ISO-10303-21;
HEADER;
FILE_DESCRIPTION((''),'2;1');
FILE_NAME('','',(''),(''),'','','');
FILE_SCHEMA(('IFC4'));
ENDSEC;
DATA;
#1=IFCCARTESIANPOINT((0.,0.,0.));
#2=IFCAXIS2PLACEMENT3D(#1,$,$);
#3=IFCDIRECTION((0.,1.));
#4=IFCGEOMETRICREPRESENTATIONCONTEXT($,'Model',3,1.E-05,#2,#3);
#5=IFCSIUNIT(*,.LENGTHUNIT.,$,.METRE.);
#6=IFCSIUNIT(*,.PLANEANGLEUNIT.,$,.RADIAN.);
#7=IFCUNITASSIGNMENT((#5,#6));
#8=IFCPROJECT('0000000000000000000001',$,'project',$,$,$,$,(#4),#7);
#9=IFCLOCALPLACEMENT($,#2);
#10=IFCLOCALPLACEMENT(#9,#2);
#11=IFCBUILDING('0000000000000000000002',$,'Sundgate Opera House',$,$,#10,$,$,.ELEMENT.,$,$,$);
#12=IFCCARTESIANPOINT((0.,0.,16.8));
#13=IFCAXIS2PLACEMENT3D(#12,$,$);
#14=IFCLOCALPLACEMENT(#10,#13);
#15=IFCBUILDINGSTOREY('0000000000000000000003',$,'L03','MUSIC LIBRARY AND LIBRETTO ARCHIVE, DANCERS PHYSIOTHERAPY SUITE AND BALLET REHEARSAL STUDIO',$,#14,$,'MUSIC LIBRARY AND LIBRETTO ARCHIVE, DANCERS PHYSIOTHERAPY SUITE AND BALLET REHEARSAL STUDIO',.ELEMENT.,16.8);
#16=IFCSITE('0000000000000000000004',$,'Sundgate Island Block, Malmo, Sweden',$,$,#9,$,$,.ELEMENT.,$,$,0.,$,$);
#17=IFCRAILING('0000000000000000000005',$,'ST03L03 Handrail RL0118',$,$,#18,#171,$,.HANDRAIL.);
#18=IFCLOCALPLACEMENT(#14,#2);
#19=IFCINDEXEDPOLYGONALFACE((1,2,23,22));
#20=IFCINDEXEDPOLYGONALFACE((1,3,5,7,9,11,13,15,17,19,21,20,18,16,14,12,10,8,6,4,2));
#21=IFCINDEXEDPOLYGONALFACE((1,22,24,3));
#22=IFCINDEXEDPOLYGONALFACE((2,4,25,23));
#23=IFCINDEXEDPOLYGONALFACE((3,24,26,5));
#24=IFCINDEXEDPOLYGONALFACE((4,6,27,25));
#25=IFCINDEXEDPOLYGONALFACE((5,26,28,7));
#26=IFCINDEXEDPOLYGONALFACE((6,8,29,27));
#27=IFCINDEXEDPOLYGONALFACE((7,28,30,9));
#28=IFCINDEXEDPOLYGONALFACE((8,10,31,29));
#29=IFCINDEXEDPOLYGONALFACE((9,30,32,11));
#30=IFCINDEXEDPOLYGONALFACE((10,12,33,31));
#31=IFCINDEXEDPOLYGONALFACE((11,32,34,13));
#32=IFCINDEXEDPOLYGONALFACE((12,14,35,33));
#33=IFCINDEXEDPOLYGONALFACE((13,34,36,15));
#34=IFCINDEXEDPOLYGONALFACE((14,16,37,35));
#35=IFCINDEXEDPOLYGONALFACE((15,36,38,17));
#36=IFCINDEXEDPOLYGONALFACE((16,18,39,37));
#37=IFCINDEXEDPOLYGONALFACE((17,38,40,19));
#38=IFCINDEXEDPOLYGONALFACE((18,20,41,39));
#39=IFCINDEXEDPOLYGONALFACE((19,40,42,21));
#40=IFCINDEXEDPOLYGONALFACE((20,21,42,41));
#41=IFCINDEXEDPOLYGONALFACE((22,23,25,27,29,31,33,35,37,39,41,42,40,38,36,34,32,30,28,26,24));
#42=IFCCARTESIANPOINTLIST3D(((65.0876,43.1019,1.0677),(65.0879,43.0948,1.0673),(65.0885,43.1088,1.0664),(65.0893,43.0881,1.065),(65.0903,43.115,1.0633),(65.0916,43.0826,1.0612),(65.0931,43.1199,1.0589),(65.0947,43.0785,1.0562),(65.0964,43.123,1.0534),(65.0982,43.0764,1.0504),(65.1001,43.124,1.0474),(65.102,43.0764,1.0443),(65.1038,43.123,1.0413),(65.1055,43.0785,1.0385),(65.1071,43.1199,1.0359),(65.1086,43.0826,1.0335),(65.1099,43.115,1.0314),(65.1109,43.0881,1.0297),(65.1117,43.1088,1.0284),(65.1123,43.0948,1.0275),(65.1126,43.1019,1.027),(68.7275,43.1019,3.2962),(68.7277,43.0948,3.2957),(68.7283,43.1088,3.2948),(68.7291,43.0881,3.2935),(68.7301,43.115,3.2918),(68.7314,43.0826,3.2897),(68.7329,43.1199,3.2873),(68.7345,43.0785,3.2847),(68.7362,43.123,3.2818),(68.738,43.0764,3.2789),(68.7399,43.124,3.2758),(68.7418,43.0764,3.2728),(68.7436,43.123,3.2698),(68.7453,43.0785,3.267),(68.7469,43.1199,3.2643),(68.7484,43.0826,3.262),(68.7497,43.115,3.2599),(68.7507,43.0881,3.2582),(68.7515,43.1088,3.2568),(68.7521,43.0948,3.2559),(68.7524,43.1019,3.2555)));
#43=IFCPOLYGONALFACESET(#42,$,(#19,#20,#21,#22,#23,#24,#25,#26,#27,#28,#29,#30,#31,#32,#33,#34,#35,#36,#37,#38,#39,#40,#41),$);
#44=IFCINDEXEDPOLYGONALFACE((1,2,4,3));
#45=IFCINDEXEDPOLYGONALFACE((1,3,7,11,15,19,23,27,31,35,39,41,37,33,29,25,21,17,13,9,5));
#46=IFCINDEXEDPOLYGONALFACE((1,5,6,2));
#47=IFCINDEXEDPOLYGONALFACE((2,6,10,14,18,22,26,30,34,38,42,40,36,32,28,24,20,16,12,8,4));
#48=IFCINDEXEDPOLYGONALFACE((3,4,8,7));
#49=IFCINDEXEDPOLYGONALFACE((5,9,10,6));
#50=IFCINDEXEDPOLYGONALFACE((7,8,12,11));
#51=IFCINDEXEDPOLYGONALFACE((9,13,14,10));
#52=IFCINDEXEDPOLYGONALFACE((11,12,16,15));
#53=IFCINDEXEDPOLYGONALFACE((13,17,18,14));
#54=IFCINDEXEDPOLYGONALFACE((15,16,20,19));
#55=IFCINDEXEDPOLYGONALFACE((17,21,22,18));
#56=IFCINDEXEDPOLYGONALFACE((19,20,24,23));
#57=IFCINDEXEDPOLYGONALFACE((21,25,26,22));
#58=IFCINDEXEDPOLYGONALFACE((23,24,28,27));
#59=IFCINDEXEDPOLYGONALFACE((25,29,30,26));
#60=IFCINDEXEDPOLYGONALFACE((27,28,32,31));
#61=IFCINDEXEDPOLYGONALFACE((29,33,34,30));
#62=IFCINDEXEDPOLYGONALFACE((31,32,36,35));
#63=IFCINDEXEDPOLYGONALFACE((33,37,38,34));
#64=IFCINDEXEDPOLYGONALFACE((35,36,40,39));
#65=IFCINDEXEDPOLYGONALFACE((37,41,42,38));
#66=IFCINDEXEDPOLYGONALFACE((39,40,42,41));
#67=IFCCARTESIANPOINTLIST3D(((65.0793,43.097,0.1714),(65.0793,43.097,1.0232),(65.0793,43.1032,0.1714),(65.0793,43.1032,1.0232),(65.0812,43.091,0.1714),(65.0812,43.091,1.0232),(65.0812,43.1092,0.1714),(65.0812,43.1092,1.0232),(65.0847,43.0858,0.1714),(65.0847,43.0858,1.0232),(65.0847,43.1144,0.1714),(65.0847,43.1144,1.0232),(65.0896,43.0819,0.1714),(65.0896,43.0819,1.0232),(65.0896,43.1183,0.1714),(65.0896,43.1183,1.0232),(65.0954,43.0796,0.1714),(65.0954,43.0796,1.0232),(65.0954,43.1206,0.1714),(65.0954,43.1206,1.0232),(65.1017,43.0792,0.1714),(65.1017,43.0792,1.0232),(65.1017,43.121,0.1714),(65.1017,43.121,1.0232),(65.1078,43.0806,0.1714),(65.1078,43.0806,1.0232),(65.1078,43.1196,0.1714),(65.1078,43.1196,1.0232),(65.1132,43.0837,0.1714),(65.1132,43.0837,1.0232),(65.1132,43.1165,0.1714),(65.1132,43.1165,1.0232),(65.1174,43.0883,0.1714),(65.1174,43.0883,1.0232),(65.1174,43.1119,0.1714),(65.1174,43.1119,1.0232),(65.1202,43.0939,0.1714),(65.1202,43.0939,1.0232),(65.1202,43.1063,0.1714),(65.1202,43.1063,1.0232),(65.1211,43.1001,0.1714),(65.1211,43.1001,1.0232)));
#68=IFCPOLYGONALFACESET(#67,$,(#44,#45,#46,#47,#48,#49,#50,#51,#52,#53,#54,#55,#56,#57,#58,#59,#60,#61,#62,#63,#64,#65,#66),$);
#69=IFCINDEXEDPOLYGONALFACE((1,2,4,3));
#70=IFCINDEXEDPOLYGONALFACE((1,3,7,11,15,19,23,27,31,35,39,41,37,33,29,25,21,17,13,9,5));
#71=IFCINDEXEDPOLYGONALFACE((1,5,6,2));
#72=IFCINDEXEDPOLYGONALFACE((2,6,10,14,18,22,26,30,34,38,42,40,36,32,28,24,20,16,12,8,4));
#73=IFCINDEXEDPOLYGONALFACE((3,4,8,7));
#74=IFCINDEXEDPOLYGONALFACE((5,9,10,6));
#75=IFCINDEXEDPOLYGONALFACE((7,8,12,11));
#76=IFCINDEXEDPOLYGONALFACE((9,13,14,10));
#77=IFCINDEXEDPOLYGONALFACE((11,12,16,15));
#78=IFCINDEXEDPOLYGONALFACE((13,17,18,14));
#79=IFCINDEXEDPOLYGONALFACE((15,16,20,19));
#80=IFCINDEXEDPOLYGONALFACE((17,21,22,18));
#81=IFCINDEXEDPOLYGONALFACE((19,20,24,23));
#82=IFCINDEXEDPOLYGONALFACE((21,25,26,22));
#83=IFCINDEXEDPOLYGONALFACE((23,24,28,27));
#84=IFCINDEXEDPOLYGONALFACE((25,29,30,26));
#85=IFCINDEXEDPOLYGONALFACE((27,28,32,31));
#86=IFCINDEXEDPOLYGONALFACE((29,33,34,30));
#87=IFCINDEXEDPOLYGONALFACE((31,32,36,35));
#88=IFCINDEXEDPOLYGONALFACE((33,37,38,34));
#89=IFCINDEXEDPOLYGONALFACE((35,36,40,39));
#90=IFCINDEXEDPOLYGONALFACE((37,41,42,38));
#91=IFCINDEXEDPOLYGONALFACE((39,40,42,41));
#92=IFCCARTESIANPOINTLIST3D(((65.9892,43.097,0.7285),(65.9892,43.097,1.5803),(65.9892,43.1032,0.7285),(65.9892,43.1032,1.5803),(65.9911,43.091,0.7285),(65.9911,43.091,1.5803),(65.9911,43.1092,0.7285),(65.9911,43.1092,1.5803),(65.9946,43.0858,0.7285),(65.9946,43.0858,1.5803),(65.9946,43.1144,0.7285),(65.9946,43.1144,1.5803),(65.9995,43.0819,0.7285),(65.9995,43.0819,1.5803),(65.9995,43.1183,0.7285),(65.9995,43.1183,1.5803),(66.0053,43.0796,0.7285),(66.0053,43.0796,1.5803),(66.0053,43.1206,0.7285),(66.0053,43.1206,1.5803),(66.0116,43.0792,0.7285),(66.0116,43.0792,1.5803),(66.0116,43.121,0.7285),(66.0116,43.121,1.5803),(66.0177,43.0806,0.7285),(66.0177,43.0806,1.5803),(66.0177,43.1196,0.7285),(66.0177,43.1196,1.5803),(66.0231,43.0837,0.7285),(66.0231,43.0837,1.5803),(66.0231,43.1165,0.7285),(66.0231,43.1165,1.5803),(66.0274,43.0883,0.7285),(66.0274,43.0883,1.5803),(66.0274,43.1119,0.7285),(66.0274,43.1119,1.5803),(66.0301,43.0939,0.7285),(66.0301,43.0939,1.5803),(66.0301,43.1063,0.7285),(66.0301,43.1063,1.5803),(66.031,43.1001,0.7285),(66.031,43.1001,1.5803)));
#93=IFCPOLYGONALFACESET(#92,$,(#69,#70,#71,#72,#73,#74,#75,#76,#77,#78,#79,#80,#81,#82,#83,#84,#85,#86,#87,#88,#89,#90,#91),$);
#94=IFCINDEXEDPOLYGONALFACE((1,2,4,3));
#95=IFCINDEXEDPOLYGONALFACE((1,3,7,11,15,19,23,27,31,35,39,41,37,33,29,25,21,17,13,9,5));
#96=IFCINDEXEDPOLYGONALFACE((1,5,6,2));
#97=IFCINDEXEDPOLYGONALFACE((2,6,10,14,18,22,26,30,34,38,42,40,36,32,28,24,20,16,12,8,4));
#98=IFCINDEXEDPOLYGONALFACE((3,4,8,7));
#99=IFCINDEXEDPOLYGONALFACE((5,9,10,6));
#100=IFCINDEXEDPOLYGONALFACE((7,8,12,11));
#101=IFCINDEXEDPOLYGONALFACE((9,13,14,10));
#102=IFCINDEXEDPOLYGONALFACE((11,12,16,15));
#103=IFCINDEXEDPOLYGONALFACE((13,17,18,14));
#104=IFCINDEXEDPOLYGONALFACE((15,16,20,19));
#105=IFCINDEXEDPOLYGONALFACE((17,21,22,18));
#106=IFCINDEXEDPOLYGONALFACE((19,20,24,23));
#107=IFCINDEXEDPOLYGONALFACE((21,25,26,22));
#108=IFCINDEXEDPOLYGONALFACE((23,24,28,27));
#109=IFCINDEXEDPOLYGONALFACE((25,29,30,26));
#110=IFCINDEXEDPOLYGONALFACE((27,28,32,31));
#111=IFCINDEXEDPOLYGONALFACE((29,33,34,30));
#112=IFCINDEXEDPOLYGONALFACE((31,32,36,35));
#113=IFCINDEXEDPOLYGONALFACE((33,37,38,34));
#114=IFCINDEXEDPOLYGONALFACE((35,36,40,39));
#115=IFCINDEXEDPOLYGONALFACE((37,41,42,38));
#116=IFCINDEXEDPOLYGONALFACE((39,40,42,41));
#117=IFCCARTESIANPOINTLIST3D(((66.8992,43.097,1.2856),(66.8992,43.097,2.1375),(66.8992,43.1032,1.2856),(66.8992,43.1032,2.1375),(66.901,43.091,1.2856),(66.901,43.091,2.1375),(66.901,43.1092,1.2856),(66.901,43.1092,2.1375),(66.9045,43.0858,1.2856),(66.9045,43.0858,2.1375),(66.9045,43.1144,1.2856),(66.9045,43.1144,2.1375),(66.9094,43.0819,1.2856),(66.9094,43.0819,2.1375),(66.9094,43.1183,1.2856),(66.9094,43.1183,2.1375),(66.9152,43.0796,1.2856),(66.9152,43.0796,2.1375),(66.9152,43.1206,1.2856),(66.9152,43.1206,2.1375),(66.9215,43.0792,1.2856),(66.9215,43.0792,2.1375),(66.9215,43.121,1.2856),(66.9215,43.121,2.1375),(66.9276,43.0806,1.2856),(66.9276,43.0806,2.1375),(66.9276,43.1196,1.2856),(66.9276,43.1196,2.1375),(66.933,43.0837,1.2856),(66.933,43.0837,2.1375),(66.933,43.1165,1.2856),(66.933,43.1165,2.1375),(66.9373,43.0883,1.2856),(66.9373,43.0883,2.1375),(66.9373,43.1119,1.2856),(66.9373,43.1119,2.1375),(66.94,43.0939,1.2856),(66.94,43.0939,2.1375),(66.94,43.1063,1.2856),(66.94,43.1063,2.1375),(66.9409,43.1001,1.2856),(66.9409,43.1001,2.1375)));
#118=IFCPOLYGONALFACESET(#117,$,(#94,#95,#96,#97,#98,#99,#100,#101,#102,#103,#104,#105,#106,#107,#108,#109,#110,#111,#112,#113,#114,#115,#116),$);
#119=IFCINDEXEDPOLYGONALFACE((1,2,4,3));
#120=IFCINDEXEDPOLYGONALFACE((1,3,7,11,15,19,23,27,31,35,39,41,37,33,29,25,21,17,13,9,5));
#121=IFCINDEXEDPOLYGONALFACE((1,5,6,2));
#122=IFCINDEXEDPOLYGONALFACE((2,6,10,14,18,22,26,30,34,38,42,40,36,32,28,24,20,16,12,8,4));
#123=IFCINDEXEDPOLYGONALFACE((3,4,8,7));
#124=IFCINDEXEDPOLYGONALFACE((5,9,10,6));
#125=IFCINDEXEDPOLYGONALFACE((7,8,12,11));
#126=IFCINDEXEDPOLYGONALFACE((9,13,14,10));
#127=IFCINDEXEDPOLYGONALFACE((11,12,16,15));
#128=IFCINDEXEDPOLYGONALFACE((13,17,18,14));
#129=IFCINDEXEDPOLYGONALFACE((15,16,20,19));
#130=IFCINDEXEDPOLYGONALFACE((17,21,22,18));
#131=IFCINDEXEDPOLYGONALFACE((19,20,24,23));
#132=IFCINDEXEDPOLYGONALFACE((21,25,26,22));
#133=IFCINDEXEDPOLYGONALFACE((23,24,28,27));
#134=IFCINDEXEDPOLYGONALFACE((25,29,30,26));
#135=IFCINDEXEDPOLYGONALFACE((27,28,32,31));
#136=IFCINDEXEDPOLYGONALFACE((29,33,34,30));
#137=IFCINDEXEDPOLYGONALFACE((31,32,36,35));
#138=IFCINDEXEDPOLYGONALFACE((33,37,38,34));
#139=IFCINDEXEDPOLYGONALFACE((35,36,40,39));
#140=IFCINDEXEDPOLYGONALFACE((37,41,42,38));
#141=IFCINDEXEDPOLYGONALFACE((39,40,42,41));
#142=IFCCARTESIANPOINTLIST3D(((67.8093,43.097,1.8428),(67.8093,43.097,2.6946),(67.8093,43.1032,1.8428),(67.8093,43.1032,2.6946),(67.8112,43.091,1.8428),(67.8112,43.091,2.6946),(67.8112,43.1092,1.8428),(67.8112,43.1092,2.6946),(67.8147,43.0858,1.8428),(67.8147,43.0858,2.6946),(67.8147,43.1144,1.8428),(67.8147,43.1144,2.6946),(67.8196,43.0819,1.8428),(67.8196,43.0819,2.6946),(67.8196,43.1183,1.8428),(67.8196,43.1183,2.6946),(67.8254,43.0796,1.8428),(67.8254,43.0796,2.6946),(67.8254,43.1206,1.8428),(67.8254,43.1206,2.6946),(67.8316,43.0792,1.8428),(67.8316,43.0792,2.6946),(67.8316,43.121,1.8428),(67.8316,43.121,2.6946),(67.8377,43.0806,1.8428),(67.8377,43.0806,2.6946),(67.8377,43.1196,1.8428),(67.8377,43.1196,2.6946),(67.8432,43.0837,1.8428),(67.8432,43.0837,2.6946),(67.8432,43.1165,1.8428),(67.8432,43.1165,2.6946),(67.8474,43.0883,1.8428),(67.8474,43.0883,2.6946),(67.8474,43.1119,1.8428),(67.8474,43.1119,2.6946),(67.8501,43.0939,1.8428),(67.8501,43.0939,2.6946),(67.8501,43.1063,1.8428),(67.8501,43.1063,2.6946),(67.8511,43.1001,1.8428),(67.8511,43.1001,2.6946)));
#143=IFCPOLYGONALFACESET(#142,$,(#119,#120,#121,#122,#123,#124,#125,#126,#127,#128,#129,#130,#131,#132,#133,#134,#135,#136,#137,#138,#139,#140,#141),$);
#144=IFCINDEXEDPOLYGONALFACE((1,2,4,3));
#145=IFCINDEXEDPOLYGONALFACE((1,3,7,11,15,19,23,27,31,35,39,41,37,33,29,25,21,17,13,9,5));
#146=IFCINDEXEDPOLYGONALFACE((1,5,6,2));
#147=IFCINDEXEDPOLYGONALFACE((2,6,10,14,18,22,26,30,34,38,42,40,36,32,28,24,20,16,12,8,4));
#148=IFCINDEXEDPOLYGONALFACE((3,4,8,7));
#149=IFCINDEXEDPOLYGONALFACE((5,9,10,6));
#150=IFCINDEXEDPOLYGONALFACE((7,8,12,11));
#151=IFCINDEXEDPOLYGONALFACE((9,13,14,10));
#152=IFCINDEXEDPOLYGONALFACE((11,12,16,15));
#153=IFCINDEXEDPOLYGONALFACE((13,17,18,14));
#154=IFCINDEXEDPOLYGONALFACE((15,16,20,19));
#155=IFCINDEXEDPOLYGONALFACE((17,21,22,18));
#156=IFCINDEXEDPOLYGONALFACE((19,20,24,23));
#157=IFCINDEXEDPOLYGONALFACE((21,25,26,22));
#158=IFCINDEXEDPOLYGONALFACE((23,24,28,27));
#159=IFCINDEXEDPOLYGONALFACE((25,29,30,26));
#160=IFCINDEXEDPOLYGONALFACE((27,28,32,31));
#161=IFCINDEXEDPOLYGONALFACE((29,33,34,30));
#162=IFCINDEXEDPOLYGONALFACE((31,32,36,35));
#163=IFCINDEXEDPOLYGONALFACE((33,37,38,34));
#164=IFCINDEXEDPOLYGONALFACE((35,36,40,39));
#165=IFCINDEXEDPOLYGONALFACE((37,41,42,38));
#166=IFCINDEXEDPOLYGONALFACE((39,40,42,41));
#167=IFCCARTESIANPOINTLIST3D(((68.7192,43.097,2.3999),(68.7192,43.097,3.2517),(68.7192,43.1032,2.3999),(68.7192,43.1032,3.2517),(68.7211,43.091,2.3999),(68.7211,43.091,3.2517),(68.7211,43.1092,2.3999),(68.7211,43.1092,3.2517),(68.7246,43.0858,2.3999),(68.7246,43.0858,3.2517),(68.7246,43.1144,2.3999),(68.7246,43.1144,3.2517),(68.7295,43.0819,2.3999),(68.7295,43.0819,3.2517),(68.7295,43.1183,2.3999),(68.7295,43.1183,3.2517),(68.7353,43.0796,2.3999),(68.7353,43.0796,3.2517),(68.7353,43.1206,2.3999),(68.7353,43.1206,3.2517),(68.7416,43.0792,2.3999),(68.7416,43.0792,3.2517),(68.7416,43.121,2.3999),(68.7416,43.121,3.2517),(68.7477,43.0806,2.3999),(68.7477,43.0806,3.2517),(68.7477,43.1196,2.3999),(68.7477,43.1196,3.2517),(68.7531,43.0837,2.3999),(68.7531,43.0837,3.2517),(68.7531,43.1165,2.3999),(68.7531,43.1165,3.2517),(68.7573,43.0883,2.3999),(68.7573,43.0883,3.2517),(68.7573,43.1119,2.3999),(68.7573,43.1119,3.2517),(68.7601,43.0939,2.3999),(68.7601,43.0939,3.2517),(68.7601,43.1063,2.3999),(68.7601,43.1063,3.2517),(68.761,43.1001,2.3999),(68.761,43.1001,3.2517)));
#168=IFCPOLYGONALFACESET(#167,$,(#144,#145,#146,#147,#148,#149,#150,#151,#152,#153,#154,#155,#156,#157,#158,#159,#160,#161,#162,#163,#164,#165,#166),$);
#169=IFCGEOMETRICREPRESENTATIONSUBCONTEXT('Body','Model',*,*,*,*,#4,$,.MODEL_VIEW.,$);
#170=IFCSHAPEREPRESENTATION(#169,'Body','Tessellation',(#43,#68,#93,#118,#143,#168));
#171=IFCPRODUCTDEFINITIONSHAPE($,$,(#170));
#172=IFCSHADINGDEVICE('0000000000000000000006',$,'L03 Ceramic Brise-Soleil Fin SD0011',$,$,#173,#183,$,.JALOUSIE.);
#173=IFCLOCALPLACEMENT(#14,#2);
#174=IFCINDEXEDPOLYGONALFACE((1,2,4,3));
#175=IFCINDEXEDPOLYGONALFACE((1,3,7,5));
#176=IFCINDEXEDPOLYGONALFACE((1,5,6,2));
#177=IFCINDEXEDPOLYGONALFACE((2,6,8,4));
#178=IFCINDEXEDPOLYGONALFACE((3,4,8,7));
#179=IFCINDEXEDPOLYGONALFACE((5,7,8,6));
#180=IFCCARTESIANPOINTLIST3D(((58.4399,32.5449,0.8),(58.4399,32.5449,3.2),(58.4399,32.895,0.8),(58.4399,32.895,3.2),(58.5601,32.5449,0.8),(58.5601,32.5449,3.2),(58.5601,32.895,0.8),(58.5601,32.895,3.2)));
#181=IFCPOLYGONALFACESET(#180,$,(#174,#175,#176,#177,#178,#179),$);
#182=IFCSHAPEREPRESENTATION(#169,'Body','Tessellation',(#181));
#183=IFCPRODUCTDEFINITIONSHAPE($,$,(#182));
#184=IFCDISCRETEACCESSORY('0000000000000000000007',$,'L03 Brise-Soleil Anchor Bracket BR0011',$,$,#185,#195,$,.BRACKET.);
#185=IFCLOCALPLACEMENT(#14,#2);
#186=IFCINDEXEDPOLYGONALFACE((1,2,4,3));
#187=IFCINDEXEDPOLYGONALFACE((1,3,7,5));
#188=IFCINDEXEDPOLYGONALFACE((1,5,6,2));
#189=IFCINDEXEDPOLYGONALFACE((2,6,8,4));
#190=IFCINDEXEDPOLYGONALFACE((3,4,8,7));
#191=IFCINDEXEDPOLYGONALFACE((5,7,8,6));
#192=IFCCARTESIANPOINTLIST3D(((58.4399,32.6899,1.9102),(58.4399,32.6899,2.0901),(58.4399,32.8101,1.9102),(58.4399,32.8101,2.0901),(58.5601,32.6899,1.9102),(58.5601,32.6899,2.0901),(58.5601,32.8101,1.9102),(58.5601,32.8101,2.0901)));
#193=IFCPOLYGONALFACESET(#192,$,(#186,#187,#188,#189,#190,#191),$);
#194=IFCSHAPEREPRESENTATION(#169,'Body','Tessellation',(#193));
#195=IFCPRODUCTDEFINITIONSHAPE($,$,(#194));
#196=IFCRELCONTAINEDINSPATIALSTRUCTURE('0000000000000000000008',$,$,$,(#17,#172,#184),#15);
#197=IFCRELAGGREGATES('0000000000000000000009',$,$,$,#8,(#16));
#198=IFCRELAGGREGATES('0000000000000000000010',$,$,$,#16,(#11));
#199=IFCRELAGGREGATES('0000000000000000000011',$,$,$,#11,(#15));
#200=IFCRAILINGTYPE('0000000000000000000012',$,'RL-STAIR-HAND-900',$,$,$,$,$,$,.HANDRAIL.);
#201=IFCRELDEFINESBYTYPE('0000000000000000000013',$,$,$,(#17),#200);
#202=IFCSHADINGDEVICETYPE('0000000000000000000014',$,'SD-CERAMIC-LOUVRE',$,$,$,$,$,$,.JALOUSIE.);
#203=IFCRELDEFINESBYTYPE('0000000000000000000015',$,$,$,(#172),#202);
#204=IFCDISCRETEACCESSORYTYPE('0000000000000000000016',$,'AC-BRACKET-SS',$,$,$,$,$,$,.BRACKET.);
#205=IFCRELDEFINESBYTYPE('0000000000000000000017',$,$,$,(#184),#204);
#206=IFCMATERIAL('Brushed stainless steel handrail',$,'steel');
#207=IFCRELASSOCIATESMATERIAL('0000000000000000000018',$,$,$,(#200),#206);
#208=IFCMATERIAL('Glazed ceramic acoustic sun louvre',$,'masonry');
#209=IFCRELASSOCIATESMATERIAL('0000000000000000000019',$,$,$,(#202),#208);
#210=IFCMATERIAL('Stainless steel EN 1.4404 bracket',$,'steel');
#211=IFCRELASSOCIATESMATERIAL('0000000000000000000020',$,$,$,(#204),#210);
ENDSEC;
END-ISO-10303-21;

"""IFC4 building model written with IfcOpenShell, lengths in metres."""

from ifc_helpers import new_model, si_unit, direction, frame, origin, origin_2d, place, context, subcontext, project, spatial, rectangle, circle, extrude, material, type_object, element, save


model = new_model("IFC4")

# Units and contexts
model_context = context("Model", 3, precision=1e-05, world=origin(), true_north=direction((0.0, 1.0)))
body_context = subcontext(model_context, "Body", "Model", "MODEL_VIEW")
ifc_project = project(units=[si_unit("LENGTHUNIT", "METRE"), si_unit("PLANEANGLEUNIT", "RADIAN")], contexts=[model_context])

# Site, building, storey
site_placement = place(None, origin())
site = spatial("IfcSite", under=ifc_project, at=site_placement, Name="Sundgate Island Block, Malmo, Sweden", CompositionType="ELEMENT", RefElevation=0.0)
building_placement = place(site_placement, origin())
building = spatial("IfcBuilding", under=site, at=building_placement, Name="Sundgate Opera House", CompositionType="ELEMENT")
storey_placement = place(building_placement, frame((0.0, 0.0, 16.8)))
storey = spatial("IfcBuildingStorey", under=building, at=storey_placement, Name="L03", Description="MUSIC LIBRARY AND LIBRETTO ARCHIVE, DANCERS PHYSIOTHERAPY SUITE AND BALLET REHEARSAL STUDIO", LongName="MUSIC LIBRARY AND LIBRETTO ARCHIVE, DANCERS PHYSIOTHERAPY SUITE AND BALLET REHEARSAL STUDIO", CompositionType="ELEMENT", Elevation=16.8)

# Railing
ifc_material_1 = material(Name="Brushed stainless steel handrail", Category="steel")
railing_type_1 = type_object("IfcRailingType", Name="RL-STAIR-HAND-900", PredefinedType="HANDRAIL", material=ifc_material_1)
railing_1_placement = place(storey_placement, frame((65.1001, 43.1001, 0.1714)))
element("IfcRailing", 1, at=railing_1_placement, inside=storey, type_object=railing_type_1, Name="ST03L03 Handrail RL0118", PredefinedType="HANDRAIL", context=body_context, shape_type="SweptSolid", body=[
    extrude(circle(Radius=0.0239, at=origin_2d()), frame((0.0, 0.0, 0.876), z_axis=(0.85285, 0.0, 0.522156), x_axis=(0.0, 1.0, 0.0)), (0.0, 0.0, 1.0), 4.2678),
    extrude(circle(Radius=0.021, at=origin_2d()), origin(), (0.0, 0.0, 1.0), 0.8518),
    extrude(circle(Radius=0.021, at=origin_2d()), frame((0.9099, 0.0, 0.5571)), (0.0, 0.0, 1.0), 0.8518),
    extrude(circle(Radius=0.021, at=origin_2d()), frame((1.8198, 0.0, 1.1143)), (0.0, 0.0, 1.0), 0.8518),
    extrude(circle(Radius=0.021, at=origin_2d()), frame((2.73, 0.0, 1.6714)), (0.0, 0.0, 1.0), 0.8518),
    extrude(circle(Radius=0.021, at=origin_2d()), frame((3.6399, 0.0, 2.2285)), (0.0, 0.0, 1.0), 0.8518),
])

# Shading device
ifc_material_2 = material(Name="Glazed ceramic acoustic sun louvre", Category="masonry")
shading_device_type = type_object("IfcShadingDeviceType", Name="SD-CERAMIC-LOUVRE", PredefinedType="JALOUSIE", material=ifc_material_2)
shading_device_placement = place(storey_placement, frame((58.5, 32.72, 0.8), z_axis=(0.0, 0.0, 1.0), x_axis=(1.0, 0.0, 0.0)))
element("IfcShadingDevice", 2, at=shading_device_placement, inside=storey, type_object=shading_device_type, Name="L03 Ceramic Brise-Soleil Fin SD0011", PredefinedType="JALOUSIE", context=body_context, shape_type="SweptSolid", body=[
    extrude(rectangle(XDim=0.1201, YDim=0.3501, at=origin_2d()), origin(), (0.0, 0.0, 1.0), 2.3999),
])

# Discrete accessory
ifc_material_3 = material(Name="Stainless steel EN 1.4404 bracket", Category="steel")
discrete_accessory_type = type_object("IfcDiscreteAccessoryType", Name="AC-BRACKET-SS", PredefinedType="BRACKET", material=ifc_material_3)
discrete_accessory_placement = place(storey_placement, frame((58.5, 32.75, 1.9102), z_axis=(0.0, 0.0, 1.0), x_axis=(1.0, 0.0, 0.0)))
element("IfcDiscreteAccessory", 3, at=discrete_accessory_placement, inside=storey, type_object=discrete_accessory_type, Name="L03 Brise-Soleil Anchor Bracket BR0011", PredefinedType="BRACKET", context=body_context, shape_type="SweptSolid", body=[
    extrude(rectangle(XDim=0.1201, YDim=0.1201, at=origin_2d()), origin(), (0.0, 0.0, 1.0), 0.1799),
])

save(model, "model.ifc")
